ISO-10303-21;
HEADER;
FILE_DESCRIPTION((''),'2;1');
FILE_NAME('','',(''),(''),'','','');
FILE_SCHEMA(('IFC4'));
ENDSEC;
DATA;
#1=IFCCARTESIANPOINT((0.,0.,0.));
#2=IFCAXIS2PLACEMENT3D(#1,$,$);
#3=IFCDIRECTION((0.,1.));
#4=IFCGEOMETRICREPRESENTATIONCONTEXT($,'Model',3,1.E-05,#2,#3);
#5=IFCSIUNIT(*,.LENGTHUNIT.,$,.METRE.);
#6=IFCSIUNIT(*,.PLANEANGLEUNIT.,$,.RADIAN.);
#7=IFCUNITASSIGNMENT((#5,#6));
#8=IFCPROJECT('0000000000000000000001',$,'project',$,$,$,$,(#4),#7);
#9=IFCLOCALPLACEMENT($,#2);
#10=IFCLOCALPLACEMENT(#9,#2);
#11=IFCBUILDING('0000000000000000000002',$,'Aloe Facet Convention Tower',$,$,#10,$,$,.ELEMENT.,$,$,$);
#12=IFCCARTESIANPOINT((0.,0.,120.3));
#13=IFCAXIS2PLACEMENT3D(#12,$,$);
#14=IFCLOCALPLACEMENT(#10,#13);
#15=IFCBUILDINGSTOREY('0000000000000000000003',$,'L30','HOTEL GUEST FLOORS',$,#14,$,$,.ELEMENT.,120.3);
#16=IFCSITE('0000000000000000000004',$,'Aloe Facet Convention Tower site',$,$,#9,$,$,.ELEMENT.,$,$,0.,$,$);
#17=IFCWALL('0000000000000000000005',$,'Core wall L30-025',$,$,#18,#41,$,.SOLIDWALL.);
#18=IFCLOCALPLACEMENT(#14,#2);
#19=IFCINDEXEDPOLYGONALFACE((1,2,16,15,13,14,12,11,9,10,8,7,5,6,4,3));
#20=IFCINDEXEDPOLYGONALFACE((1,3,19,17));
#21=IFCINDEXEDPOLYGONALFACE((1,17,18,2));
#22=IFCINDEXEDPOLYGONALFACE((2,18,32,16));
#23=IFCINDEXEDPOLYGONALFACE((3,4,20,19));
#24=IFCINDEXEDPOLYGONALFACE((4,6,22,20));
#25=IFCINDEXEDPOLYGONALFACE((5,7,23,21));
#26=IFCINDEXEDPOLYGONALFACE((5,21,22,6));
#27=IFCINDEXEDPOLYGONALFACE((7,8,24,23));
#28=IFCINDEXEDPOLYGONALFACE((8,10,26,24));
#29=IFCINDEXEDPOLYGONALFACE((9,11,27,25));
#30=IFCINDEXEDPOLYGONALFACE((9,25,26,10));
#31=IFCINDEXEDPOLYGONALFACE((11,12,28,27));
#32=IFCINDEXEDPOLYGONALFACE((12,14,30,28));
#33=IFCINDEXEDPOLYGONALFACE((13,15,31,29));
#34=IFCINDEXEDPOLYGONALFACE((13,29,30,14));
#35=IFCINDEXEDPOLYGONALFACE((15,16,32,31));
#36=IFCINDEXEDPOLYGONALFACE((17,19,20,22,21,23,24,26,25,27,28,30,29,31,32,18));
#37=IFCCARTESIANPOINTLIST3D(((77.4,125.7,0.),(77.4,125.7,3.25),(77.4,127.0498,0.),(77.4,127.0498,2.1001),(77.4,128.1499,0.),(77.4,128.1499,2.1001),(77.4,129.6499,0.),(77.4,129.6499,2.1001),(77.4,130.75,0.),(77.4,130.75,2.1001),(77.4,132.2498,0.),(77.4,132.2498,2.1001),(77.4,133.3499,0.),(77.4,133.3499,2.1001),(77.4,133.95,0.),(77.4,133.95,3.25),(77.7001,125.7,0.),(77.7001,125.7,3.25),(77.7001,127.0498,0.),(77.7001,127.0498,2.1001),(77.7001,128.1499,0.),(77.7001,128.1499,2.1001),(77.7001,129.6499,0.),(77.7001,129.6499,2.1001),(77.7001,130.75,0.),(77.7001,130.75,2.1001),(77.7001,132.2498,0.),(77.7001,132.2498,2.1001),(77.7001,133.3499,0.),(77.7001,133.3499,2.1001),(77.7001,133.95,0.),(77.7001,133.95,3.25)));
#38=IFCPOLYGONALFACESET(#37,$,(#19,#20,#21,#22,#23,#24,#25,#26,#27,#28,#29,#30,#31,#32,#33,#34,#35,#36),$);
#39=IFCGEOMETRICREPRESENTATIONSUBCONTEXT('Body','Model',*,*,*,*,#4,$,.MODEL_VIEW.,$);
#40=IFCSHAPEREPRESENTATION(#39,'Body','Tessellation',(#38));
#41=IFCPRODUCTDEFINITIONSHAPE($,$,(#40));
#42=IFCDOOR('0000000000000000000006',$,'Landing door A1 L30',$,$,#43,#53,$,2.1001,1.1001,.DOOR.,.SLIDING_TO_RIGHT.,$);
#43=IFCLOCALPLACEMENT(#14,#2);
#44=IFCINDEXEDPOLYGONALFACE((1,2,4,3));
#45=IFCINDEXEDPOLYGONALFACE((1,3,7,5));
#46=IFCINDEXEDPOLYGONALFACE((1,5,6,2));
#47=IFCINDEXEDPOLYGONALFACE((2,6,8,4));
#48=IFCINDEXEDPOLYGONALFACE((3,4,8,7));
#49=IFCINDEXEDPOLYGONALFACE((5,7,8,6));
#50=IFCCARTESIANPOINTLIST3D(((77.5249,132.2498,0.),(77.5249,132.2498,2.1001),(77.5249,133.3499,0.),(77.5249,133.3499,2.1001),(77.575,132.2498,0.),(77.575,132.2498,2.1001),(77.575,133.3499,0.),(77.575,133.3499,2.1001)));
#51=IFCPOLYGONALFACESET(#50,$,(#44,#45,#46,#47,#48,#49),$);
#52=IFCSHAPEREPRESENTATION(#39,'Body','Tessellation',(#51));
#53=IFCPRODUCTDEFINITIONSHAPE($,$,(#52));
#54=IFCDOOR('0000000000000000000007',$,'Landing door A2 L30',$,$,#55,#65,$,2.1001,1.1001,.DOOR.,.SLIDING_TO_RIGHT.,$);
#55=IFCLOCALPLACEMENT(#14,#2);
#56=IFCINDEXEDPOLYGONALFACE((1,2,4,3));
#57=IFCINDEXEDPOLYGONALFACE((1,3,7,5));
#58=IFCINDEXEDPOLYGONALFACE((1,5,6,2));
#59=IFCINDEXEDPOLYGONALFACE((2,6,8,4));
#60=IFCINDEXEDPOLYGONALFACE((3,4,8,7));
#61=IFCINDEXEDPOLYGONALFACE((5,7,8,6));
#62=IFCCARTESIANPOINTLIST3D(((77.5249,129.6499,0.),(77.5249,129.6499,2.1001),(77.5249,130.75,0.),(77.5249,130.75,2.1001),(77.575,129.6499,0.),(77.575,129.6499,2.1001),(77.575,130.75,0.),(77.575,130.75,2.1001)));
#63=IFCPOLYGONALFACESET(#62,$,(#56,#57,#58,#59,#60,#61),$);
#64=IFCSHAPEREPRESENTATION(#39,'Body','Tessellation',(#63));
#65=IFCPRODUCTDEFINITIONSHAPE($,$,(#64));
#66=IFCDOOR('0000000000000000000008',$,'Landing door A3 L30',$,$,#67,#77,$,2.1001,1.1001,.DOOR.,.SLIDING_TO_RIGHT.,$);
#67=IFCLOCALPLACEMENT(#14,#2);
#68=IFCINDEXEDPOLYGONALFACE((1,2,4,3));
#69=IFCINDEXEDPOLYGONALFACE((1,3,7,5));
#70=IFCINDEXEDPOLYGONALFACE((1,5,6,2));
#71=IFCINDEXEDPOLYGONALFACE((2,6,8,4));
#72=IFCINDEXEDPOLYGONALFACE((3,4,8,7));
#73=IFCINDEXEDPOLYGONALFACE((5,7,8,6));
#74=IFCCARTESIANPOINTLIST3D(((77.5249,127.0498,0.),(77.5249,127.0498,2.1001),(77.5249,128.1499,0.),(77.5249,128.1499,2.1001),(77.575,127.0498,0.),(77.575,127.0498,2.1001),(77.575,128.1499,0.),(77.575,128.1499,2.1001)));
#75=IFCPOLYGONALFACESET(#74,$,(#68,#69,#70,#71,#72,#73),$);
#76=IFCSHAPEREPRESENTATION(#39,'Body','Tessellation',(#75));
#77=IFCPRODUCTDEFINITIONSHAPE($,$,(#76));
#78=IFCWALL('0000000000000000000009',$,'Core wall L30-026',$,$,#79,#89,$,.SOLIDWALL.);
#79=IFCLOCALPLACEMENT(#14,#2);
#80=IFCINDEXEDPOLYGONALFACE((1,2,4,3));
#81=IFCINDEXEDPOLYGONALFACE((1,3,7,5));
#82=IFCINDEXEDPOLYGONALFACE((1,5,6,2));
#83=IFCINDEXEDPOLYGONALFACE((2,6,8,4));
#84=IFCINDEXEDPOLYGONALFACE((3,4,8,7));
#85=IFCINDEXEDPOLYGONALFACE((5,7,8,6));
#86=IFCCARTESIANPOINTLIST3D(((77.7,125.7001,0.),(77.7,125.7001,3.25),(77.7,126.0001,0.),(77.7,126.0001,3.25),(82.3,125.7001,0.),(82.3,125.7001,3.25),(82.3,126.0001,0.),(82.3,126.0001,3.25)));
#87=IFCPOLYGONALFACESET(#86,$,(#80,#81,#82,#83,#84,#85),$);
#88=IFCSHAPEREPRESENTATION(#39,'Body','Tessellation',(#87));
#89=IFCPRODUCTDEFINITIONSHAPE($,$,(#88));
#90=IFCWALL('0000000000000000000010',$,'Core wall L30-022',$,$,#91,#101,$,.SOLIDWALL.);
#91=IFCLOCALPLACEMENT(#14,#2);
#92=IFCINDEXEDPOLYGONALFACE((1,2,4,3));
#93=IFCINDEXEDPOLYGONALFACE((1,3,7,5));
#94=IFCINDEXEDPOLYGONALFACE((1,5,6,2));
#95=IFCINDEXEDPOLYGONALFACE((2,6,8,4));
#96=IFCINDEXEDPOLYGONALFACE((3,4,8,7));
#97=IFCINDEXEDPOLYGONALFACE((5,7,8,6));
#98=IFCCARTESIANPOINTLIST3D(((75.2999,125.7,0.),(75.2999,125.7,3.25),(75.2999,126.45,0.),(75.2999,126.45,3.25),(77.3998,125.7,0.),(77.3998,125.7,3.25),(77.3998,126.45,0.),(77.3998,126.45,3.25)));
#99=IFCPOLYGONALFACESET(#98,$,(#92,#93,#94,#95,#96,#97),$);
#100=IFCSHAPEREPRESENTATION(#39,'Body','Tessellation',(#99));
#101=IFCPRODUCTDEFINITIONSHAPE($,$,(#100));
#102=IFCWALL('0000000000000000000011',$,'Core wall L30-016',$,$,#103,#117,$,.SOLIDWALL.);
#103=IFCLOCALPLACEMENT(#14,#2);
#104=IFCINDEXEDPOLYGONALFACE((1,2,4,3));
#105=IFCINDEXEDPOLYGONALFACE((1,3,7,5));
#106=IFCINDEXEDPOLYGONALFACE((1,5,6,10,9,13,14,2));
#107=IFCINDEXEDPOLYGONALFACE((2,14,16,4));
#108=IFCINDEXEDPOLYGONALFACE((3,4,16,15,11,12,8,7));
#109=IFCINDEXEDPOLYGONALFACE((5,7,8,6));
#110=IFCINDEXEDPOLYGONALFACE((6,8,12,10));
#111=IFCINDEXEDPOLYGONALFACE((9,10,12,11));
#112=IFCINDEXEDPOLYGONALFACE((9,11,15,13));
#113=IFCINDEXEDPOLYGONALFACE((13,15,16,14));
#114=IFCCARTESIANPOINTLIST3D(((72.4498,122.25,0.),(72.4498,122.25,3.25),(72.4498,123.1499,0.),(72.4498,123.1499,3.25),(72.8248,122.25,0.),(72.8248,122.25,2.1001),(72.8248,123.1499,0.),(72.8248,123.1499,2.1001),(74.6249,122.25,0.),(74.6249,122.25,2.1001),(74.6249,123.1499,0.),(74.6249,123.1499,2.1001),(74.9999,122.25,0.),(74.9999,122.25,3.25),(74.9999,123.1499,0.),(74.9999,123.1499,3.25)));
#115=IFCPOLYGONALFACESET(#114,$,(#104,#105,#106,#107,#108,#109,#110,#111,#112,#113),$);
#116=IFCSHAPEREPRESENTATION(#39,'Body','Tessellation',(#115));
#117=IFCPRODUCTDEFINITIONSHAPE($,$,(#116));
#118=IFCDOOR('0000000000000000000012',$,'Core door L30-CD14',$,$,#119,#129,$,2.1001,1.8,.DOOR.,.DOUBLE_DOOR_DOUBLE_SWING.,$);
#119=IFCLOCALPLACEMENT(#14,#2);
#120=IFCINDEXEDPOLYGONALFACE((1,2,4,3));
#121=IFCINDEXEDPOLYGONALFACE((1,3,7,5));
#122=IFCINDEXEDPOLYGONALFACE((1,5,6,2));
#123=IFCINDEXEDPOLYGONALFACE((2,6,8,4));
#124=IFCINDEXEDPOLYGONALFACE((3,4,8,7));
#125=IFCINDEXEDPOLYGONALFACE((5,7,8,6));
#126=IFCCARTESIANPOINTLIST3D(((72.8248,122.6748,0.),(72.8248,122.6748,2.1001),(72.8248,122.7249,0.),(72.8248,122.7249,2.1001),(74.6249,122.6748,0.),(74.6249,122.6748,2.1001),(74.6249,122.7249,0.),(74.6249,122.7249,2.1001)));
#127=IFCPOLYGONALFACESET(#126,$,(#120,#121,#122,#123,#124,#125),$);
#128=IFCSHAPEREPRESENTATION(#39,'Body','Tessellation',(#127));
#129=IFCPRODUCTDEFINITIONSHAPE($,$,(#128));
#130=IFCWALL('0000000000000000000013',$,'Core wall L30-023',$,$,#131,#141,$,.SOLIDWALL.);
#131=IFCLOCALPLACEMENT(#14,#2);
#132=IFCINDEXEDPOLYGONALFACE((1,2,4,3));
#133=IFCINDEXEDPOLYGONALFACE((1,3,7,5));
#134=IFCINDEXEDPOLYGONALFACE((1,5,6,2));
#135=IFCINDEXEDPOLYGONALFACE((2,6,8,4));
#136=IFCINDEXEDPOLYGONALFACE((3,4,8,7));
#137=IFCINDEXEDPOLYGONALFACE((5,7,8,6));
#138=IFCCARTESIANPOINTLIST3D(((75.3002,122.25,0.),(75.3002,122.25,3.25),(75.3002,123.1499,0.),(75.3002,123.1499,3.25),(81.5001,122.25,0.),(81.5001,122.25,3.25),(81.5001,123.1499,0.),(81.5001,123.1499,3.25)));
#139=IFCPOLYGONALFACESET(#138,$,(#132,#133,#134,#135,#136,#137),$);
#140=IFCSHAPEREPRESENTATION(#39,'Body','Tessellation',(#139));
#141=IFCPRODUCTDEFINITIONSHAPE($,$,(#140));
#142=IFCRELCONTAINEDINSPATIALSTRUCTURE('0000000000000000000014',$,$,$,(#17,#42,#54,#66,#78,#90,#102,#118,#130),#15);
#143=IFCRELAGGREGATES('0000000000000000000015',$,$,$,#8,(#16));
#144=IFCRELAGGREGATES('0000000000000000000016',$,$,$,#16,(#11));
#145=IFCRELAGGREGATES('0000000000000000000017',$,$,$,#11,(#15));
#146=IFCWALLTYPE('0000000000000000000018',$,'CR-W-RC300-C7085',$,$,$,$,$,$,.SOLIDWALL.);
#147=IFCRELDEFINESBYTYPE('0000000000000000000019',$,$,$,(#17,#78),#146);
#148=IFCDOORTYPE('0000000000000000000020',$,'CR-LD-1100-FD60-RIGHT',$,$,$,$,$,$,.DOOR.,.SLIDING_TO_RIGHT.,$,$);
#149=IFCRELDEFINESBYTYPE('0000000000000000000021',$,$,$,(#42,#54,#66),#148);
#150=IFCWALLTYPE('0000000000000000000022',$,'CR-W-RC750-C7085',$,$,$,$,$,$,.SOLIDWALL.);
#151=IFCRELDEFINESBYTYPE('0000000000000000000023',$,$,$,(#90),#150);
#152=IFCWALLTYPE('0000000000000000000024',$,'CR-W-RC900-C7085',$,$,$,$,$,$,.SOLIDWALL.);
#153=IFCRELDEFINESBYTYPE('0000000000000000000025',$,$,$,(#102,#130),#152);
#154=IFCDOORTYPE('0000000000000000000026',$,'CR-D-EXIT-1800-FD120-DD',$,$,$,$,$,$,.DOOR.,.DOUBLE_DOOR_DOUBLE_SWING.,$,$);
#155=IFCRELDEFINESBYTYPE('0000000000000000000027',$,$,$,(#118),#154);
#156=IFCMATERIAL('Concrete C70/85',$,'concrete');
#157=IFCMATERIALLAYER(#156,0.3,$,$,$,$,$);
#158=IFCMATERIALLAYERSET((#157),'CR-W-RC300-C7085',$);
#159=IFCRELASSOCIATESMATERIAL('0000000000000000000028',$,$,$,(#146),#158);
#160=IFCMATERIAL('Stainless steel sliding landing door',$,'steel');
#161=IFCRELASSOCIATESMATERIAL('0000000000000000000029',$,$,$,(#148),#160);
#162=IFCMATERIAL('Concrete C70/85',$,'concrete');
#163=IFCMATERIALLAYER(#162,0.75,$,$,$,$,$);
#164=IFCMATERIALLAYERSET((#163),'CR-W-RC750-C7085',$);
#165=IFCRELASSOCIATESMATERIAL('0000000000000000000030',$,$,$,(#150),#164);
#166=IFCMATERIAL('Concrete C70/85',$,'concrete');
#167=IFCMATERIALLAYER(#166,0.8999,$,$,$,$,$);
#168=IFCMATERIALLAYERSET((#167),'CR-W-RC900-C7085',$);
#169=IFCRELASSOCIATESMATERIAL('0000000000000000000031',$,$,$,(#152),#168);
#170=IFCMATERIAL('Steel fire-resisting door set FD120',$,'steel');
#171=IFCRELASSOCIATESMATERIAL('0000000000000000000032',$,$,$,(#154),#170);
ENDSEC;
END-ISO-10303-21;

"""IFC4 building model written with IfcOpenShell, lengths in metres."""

from ifc_helpers import new_model, si_unit, direction, frame, frame_2d, origin, place, context, subcontext, project, spatial, rectangle, extrude, material, layer, layer_set, type_object, element, fill, save


model = new_model("IFC4")

# Units and contexts
model_context = context("Model", 3, precision=1e-05, world=origin(), true_north=direction((0.0, 1.0)))
body_context = subcontext(model_context, "Body", "Model", "MODEL_VIEW")
ifc_project = project(units=[si_unit("LENGTHUNIT", "METRE"), si_unit("PLANEANGLEUNIT", "RADIAN")], contexts=[model_context])

# Site, building, storey
site_placement = place(None, origin())
site = spatial("IfcSite", under=ifc_project, at=site_placement, Name="Aloe Facet Convention Tower site", CompositionType="ELEMENT", RefElevation=0.0)
building_placement = place(site_placement, origin())
building = spatial("IfcBuilding", under=site, at=building_placement, Name="Aloe Facet Convention Tower", CompositionType="ELEMENT")
storey_placement = place(building_placement, frame((0.0, 0.0, 120.3)))
storey = spatial("IfcBuildingStorey", under=building, at=storey_placement, Name="L30", Description="HOTEL GUEST FLOORS", CompositionType="ELEMENT", Elevation=120.3)

# Shared definitions
ifc_material_1 = material(Name="Concrete C70/85", Category="concrete")
ifc_layer_1 = layer(ifc_material_1, 0.3)
ifc_layer_set_1 = layer_set([ifc_layer_1], Name="CR-W-RC300-C7085")
wall_type_1 = type_object("IfcWallType", Name="CR-W-RC300-C7085", PredefinedType="SOLIDWALL", material=ifc_layer_set_1)

# Wall, openings, doors
wall_1_placement = place(storey_placement, frame((77.55, 133.95, 0.0), z_axis=(0.0, 0.0, 1.0), x_axis=(0.0, -1.0, 0.0)))
wall_1 = element("IfcWall", 1, at=wall_1_placement, inside=storey, type_object=wall_type_1, Name="Core wall L30-025", PredefinedType="SOLIDWALL", context=body_context, shape_type="SweptSolid", body=[
    extrude(rectangle(XDim=8.25, YDim=0.3, at=frame_2d((4.125, 0.0))), origin(), (0.0, 0.0, 1.0), 3.25),
])
opening_1_placement = place(wall_1_placement, frame((0.6001, 0.0, 0.0)))
opening_1 = element("IfcOpeningElement", 2, at=opening_1_placement, cuts=wall_1, PredefinedType="OPENING", context=body_context, shape_type="SweptSolid", body=[
    extrude(rectangle(XDim=1.1001, YDim=2.1001, at=frame_2d((0.55, 1.05))), frame((0.0, 0.1602, 0.0), z_axis=(0.0, -1.0, 0.0), x_axis=(1.0, 0.0, 0.0)), (0.0, 0.0, 1.0), 0.3201),
])
opening_2_placement = place(wall_1_placement, frame((3.2, 0.0, 0.0)))
opening_2 = element("IfcOpeningElement", 3, at=opening_2_placement, cuts=wall_1, PredefinedType="OPENING", context=body_context, shape_type="SweptSolid", body=[
    extrude(rectangle(XDim=1.1001, YDim=2.1001, at=frame_2d((0.55, 1.05))), frame((0.0, 0.1602, 0.0), z_axis=(0.0, -1.0, 0.0), x_axis=(1.0, 0.0, 0.0)), (0.0, 0.0, 1.0), 0.3201),
])
opening_3_placement = place(wall_1_placement, frame((5.8, 0.0, 0.0)))
opening_3 = element("IfcOpeningElement", 4, at=opening_3_placement, cuts=wall_1, PredefinedType="OPENING", context=body_context, shape_type="SweptSolid", body=[
    extrude(rectangle(XDim=1.1001, YDim=2.1001, at=frame_2d((0.55, 1.05))), frame((0.0, 0.1602, 0.0), z_axis=(0.0, -1.0, 0.0), x_axis=(1.0, 0.0, 0.0)), (0.0, 0.0, 1.0), 0.3201),
])
ifc_material_2 = material(Name="Stainless steel sliding landing door", Category="steel")
door_type_1 = type_object("IfcDoorType", Name="CR-LD-1100-FD60-RIGHT", OperationType="SLIDING_TO_RIGHT", PredefinedType="DOOR", material=ifc_material_2)
door_1_placement = place(opening_1_placement, origin())
door_1 = element("IfcDoor", 5, at=door_1_placement, inside=storey, type_object=door_type_1, Name="Landing door A1 L30", OperationType="SLIDING_TO_RIGHT", OverallHeight=2.1001, OverallWidth=1.1001, PredefinedType="DOOR", context=body_context, shape_type="SweptSolid", body=[
    extrude(rectangle(XDim=1.1001, YDim=2.1001, at=frame_2d((0.55, 1.05))), frame((0.0, 0.0249, 0.0), z_axis=(0.0, -1.0, 0.0), x_axis=(1.0, 0.0, 0.0)), (0.0, 0.0, 1.0), 0.05),
])
fill(opening_1, door_1)
door_2_placement = place(opening_2_placement, origin())
door_2 = element("IfcDoor", 6, at=door_2_placement, inside=storey, type_object=door_type_1, Name="Landing door A2 L30", OperationType="SLIDING_TO_RIGHT", OverallHeight=2.1001, OverallWidth=1.1001, PredefinedType="DOOR", context=body_context, shape_type="SweptSolid", body=[
    extrude(rectangle(XDim=1.1001, YDim=2.1001, at=frame_2d((0.55, 1.05))), frame((0.0, 0.0249, 0.0), z_axis=(0.0, -1.0, 0.0), x_axis=(1.0, 0.0, 0.0)), (0.0, 0.0, 1.0), 0.05),
])
fill(opening_2, door_2)
door_3_placement = place(opening_3_placement, origin())
door_3 = element("IfcDoor", 7, at=door_3_placement, inside=storey, type_object=door_type_1, Name="Landing door A3 L30", OperationType="SLIDING_TO_RIGHT", OverallHeight=2.1001, OverallWidth=1.1001, PredefinedType="DOOR", context=body_context, shape_type="SweptSolid", body=[
    extrude(rectangle(XDim=1.1001, YDim=2.1001, at=frame_2d((0.55, 1.05))), frame((0.0, 0.0249, 0.0), z_axis=(0.0, -1.0, 0.0), x_axis=(1.0, 0.0, 0.0)), (0.0, 0.0, 1.0), 0.05),
])
fill(opening_3, door_3)

# Walls
wall_2_placement = place(storey_placement, frame((77.7, 125.8501, 0.0), z_axis=(0.0, 0.0, 1.0), x_axis=(1.0, 0.0, 0.0)))
element("IfcWall", 8, at=wall_2_placement, inside=storey, type_object=wall_type_1, Name="Core wall L30-026", PredefinedType="SOLIDWALL", context=body_context, shape_type="SweptSolid", body=[
    extrude(rectangle(XDim=4.6001, YDim=0.3, at=frame_2d((2.3, 0.0))), origin(), (0.0, 0.0, 1.0), 3.25),
])
ifc_material_3 = material(Name="Concrete C70/85", Category="concrete")
ifc_layer_2 = layer(ifc_material_3, 0.75)
ifc_layer_set_2 = layer_set([ifc_layer_2], Name="CR-W-RC750-C7085")
wall_type_2 = type_object("IfcWallType", Name="CR-W-RC750-C7085", PredefinedType="SOLIDWALL", material=ifc_layer_set_2)
wall_3_placement = place(storey_placement, frame((75.3, 126.075, 0.0), z_axis=(0.0, 0.0, 1.0), x_axis=(1.0, 0.0, 0.0)))
element("IfcWall", 9, at=wall_3_placement, inside=storey, type_object=wall_type_2, Name="Core wall L30-022", PredefinedType="SOLIDWALL", context=body_context, shape_type="SweptSolid", body=[
    extrude(rectangle(XDim=2.0999, YDim=0.75, at=frame_2d((1.0498, 0.0))), origin(), (0.0, 0.0, 1.0), 3.25),
])

# Wall, opening, door
ifc_material_4 = material(Name="Concrete C70/85", Category="concrete")
ifc_layer_3 = layer(ifc_material_4, 0.8999)
ifc_layer_set_3 = layer_set([ifc_layer_3], Name="CR-W-RC900-C7085")
wall_type_3 = type_object("IfcWallType", Name="CR-W-RC900-C7085", PredefinedType="SOLIDWALL", material=ifc_layer_set_3)
wall_4_placement = place(storey_placement, frame((72.45, 122.7, 0.0), z_axis=(0.0, 0.0, 1.0), x_axis=(1.0, 0.0, 0.0)))
wall_4 = element("IfcWall", 10, at=wall_4_placement, inside=storey, type_object=wall_type_3, Name="Core wall L30-016", PredefinedType="SOLIDWALL", context=body_context, shape_type="SweptSolid", body=[
    extrude(rectangle(XDim=2.55, YDim=0.8999, at=frame_2d((1.2749, 0.0))), origin(), (0.0, 0.0, 1.0), 3.25),
])
opening_4_placement = place(wall_4_placement, frame((0.375, 0.0, 0.0)))
opening_4 = element("IfcOpeningElement", 11, at=opening_4_placement, cuts=wall_4, PredefinedType="OPENING", context=body_context, shape_type="SweptSolid", body=[
    extrude(rectangle(XDim=1.8, YDim=2.1001, at=frame_2d((0.8999, 1.05))), frame((0.0, 0.46, 0.0), z_axis=(0.0, -1.0, 0.0), x_axis=(1.0, 0.0, 0.0)), (0.0, 0.0, 1.0), 0.9199),
])
ifc_material_5 = material(Name="Steel fire-resisting door set FD120", Category="steel")
door_type_2 = type_object("IfcDoorType", Name="CR-D-EXIT-1800-FD120-DD", OperationType="DOUBLE_DOOR_DOUBLE_SWING", PredefinedType="DOOR", material=ifc_material_5)
door_4_placement = place(opening_4_placement, origin())
door_4 = element("IfcDoor", 12, at=door_4_placement, inside=storey, type_object=door_type_2, Name="Core door L30-CD14", OperationType="DOUBLE_DOOR_DOUBLE_SWING", OverallHeight=2.1001, OverallWidth=1.8, PredefinedType="DOOR", context=body_context, shape_type="SweptSolid", body=[
    extrude(rectangle(XDim=1.8, YDim=2.1001, at=frame_2d((0.8999, 1.05))), frame((0.0, 0.0249, 0.0), z_axis=(0.0, -1.0, 0.0), x_axis=(1.0, 0.0, 0.0)), (0.0, 0.0, 1.0), 0.05),
])
fill(opening_4, door_4)

# Wall
wall_5_placement = place(storey_placement, frame((75.3, 122.7, 0.0), z_axis=(0.0, 0.0, 1.0), x_axis=(1.0, 0.0, 0.0)))
element("IfcWall", 13, at=wall_5_placement, inside=storey, type_object=wall_type_3, Name="Core wall L30-023", PredefinedType="SOLIDWALL", context=body_context, shape_type="SweptSolid", body=[
    extrude(rectangle(XDim=6.2, YDim=0.8999, at=frame_2d((3.1001, 0.0))), origin(), (0.0, 0.0, 1.0), 3.25),
])

save(model, "model.ifc")
